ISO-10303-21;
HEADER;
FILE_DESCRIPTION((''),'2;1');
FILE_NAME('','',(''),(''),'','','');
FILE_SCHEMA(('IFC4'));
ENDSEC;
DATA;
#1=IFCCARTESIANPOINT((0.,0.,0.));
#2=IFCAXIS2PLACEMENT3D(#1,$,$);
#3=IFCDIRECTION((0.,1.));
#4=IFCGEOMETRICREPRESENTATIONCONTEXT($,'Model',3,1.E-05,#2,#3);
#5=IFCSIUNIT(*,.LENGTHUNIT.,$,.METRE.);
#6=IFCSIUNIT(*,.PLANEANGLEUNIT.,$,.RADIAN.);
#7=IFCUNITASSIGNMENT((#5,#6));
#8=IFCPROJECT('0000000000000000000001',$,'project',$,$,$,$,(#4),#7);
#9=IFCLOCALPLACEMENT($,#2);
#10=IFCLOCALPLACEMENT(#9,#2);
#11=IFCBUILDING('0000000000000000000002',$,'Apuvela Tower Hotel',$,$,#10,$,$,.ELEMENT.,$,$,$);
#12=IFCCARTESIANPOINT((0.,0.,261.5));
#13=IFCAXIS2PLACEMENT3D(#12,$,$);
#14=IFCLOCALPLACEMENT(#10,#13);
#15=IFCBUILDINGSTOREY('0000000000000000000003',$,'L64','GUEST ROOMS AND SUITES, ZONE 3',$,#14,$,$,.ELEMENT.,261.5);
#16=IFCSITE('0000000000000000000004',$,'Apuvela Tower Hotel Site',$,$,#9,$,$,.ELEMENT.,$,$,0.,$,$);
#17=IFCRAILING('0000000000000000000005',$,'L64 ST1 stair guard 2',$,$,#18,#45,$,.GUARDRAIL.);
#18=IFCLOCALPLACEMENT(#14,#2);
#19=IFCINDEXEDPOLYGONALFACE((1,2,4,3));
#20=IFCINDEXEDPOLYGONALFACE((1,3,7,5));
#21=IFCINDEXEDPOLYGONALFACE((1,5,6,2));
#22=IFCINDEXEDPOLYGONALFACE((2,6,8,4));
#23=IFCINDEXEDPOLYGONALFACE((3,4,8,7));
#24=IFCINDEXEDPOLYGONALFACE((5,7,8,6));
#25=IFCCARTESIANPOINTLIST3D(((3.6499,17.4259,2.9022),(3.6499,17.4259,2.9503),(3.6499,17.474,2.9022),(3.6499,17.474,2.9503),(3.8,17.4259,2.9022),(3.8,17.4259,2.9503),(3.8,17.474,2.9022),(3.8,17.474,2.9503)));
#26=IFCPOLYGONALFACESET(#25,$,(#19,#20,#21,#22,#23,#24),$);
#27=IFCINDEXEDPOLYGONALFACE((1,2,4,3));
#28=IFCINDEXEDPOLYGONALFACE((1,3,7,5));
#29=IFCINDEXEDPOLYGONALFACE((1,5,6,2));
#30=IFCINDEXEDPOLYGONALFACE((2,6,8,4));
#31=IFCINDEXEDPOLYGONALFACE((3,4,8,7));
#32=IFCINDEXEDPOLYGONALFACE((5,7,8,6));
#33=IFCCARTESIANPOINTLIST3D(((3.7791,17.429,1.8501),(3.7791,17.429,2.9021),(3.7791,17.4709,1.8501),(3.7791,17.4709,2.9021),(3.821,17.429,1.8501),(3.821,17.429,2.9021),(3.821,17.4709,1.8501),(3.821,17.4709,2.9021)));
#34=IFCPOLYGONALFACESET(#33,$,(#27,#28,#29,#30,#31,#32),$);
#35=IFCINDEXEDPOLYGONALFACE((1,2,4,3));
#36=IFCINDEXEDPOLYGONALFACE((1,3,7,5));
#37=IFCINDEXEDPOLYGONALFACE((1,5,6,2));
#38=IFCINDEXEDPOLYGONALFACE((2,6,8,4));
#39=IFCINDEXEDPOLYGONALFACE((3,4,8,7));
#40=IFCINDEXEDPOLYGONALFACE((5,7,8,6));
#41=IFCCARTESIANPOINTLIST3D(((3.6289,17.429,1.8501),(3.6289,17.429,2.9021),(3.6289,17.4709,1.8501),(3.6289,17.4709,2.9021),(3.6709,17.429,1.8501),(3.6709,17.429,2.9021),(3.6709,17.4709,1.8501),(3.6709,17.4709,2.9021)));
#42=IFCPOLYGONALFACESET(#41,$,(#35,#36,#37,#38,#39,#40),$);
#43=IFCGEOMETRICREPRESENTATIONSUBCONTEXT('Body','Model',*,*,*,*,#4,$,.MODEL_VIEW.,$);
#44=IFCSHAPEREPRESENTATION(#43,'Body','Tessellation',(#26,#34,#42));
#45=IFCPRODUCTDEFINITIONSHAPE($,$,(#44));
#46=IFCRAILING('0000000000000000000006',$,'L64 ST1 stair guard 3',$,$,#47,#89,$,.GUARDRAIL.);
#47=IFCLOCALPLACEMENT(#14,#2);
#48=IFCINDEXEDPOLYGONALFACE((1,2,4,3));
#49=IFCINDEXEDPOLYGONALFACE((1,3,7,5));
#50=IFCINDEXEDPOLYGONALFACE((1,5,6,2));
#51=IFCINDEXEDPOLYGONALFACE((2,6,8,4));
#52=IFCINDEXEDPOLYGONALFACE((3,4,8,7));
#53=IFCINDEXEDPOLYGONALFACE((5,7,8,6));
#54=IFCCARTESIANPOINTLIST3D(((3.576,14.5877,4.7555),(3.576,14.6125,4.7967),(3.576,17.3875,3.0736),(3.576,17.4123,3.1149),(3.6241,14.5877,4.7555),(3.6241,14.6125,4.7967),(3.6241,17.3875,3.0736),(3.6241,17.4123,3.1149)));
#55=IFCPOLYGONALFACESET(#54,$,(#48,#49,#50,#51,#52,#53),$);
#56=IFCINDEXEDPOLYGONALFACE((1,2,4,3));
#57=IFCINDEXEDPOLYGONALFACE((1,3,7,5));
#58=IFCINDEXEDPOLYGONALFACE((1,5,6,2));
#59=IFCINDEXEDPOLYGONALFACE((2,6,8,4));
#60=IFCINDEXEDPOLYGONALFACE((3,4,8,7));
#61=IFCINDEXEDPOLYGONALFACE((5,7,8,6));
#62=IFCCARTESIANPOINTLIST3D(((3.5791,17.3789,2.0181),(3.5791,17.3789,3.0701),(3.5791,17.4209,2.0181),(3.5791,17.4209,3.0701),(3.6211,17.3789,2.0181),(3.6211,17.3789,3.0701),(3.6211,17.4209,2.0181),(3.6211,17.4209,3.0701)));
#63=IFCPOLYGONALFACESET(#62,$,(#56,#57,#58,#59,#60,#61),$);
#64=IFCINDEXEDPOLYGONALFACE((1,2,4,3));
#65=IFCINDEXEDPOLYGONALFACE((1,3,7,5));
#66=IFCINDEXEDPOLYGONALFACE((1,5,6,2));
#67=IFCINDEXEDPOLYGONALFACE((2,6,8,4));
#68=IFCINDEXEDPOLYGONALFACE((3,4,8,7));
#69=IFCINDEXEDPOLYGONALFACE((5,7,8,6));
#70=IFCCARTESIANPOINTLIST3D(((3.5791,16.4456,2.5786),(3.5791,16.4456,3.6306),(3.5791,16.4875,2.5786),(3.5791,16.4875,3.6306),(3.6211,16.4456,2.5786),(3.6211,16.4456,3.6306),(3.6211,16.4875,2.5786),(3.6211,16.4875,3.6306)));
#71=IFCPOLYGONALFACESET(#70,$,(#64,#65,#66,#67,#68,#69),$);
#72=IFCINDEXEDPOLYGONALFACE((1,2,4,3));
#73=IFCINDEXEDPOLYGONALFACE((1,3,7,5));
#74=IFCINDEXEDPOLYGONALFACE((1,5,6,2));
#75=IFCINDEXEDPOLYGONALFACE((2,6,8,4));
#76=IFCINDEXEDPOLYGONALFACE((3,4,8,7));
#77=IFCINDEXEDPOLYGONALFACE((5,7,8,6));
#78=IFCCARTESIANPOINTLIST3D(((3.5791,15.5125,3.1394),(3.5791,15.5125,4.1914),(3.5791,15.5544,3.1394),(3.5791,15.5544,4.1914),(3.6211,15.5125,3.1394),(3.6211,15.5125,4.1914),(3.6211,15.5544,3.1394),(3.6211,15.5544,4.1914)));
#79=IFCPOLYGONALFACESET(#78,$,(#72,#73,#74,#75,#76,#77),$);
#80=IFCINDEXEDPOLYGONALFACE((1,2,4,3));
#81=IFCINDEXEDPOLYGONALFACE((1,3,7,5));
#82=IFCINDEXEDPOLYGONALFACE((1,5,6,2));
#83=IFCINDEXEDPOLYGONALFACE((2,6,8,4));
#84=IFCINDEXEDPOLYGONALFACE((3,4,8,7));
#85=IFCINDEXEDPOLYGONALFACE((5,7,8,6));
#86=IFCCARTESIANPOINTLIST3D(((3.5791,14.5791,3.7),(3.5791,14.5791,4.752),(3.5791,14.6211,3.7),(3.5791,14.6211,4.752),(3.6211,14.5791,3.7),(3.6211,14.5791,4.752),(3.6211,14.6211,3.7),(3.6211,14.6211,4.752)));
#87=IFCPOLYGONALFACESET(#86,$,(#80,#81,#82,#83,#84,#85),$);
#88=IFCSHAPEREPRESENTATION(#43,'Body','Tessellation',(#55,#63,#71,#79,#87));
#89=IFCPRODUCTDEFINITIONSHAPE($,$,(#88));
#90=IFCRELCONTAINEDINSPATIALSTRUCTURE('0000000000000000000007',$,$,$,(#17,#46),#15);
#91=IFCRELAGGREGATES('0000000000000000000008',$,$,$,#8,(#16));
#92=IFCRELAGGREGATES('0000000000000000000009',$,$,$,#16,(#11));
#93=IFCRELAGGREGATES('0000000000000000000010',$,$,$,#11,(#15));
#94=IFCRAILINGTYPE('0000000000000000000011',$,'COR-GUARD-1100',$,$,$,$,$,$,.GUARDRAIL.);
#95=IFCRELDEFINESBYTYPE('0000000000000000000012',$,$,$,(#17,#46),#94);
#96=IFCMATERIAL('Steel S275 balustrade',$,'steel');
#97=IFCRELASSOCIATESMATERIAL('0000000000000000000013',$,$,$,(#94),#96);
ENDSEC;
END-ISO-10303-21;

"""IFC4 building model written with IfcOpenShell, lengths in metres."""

from ifc_helpers import new_model, si_unit, direction, frame, origin, origin_2d, place, context, subcontext, project, spatial, rectangle, extrude, material, type_object, element, save


model = new_model("IFC4")

# Units and contexts
model_context = context("Model", 3, precision=1e-05, world=origin(), true_north=direction((0.0, 1.0)))
body_context = subcontext(model_context, "Body", "Model", "MODEL_VIEW")
ifc_project = project(units=[si_unit("LENGTHUNIT", "METRE"), si_unit("PLANEANGLEUNIT", "RADIAN")], contexts=[model_context])

# Site, building, storey
site_placement = place(None, origin())
site = spatial("IfcSite", under=ifc_project, at=site_placement, Name="Apuvela Tower Hotel Site", CompositionType="ELEMENT", RefElevation=0.0)
building_placement = place(site_placement, origin())
building = spatial("IfcBuilding", under=site, at=building_placement, Name="Apuvela Tower Hotel", CompositionType="ELEMENT")
storey_placement = place(building_placement, frame((0.0, 0.0, 261.5)))
storey = spatial("IfcBuildingStorey", under=building, at=storey_placement, Name="L64", Description="GUEST ROOMS AND SUITES, ZONE 3", CompositionType="ELEMENT", Elevation=261.5)

# Railings
ifc_material_1 = material(Name="Steel S275 balustrade", Category="steel")
railing_type = type_object("IfcRailingType", Name="COR-GUARD-1100", PredefinedType="GUARDRAIL", material=ifc_material_1)
railing_1_placement = place(storey_placement, frame((3.8, 17.45, 1.8501)))
element("IfcRailing", 1, at=railing_1_placement, inside=storey, type_object=railing_type, Name="L64 ST1 stair guard 2", PredefinedType="GUARDRAIL", context=body_context, shape_type="SweptSolid", body=[
    extrude(rectangle(XDim=0.0481, YDim=0.0481, at=origin_2d()), frame((0.0, 0.0, 1.0762), z_axis=(-1.0, 0.0, 0.0), x_axis=(0.0, -1.0, 0.0)), (0.0, 0.0, 1.0), 0.1501),
    extrude(rectangle(XDim=0.042, YDim=0.042, at=origin_2d()), origin(), (0.0, 0.0, 1.0), 1.052),
    extrude(rectangle(XDim=0.042, YDim=0.042, at=origin_2d()), frame((-0.1501, 0.0, 0.0)), (0.0, 0.0, 1.0), 1.052),
])
railing_2_placement = place(storey_placement, frame((3.6001, 17.3999, 2.0181)))
element("IfcRailing", 2, at=railing_2_placement, inside=storey, type_object=railing_type, Name="L64 ST1 stair guard 3", PredefinedType="GUARDRAIL", context=body_context, shape_type="SweptSolid", body=[
    extrude(rectangle(XDim=0.0481, YDim=0.0481, at=origin_2d()), frame((0.0, 0.0, 1.0762), z_axis=(0.0, -0.857222, 0.514946), x_axis=(1.0, 0.0, 0.0)), (0.0, 0.0, 1.0), 3.2661),
    extrude(rectangle(XDim=0.042, YDim=0.042, at=origin_2d()), origin(), (0.0, 0.0, 1.0), 1.052),
    extrude(rectangle(XDim=0.042, YDim=0.042, at=origin_2d()), frame((0.0, -0.9333, 0.5605)), (0.0, 0.0, 1.0), 1.052),
    extrude(rectangle(XDim=0.042, YDim=0.042, at=origin_2d()), frame((0.0, -1.8665, 1.1213)), (0.0, 0.0, 1.0), 1.052),
    extrude(rectangle(XDim=0.042, YDim=0.042, at=origin_2d()), frame((0.0, -2.7998, 1.6819)), (0.0, 0.0, 1.0), 1.052),
])

save(model, "model.ifc")
